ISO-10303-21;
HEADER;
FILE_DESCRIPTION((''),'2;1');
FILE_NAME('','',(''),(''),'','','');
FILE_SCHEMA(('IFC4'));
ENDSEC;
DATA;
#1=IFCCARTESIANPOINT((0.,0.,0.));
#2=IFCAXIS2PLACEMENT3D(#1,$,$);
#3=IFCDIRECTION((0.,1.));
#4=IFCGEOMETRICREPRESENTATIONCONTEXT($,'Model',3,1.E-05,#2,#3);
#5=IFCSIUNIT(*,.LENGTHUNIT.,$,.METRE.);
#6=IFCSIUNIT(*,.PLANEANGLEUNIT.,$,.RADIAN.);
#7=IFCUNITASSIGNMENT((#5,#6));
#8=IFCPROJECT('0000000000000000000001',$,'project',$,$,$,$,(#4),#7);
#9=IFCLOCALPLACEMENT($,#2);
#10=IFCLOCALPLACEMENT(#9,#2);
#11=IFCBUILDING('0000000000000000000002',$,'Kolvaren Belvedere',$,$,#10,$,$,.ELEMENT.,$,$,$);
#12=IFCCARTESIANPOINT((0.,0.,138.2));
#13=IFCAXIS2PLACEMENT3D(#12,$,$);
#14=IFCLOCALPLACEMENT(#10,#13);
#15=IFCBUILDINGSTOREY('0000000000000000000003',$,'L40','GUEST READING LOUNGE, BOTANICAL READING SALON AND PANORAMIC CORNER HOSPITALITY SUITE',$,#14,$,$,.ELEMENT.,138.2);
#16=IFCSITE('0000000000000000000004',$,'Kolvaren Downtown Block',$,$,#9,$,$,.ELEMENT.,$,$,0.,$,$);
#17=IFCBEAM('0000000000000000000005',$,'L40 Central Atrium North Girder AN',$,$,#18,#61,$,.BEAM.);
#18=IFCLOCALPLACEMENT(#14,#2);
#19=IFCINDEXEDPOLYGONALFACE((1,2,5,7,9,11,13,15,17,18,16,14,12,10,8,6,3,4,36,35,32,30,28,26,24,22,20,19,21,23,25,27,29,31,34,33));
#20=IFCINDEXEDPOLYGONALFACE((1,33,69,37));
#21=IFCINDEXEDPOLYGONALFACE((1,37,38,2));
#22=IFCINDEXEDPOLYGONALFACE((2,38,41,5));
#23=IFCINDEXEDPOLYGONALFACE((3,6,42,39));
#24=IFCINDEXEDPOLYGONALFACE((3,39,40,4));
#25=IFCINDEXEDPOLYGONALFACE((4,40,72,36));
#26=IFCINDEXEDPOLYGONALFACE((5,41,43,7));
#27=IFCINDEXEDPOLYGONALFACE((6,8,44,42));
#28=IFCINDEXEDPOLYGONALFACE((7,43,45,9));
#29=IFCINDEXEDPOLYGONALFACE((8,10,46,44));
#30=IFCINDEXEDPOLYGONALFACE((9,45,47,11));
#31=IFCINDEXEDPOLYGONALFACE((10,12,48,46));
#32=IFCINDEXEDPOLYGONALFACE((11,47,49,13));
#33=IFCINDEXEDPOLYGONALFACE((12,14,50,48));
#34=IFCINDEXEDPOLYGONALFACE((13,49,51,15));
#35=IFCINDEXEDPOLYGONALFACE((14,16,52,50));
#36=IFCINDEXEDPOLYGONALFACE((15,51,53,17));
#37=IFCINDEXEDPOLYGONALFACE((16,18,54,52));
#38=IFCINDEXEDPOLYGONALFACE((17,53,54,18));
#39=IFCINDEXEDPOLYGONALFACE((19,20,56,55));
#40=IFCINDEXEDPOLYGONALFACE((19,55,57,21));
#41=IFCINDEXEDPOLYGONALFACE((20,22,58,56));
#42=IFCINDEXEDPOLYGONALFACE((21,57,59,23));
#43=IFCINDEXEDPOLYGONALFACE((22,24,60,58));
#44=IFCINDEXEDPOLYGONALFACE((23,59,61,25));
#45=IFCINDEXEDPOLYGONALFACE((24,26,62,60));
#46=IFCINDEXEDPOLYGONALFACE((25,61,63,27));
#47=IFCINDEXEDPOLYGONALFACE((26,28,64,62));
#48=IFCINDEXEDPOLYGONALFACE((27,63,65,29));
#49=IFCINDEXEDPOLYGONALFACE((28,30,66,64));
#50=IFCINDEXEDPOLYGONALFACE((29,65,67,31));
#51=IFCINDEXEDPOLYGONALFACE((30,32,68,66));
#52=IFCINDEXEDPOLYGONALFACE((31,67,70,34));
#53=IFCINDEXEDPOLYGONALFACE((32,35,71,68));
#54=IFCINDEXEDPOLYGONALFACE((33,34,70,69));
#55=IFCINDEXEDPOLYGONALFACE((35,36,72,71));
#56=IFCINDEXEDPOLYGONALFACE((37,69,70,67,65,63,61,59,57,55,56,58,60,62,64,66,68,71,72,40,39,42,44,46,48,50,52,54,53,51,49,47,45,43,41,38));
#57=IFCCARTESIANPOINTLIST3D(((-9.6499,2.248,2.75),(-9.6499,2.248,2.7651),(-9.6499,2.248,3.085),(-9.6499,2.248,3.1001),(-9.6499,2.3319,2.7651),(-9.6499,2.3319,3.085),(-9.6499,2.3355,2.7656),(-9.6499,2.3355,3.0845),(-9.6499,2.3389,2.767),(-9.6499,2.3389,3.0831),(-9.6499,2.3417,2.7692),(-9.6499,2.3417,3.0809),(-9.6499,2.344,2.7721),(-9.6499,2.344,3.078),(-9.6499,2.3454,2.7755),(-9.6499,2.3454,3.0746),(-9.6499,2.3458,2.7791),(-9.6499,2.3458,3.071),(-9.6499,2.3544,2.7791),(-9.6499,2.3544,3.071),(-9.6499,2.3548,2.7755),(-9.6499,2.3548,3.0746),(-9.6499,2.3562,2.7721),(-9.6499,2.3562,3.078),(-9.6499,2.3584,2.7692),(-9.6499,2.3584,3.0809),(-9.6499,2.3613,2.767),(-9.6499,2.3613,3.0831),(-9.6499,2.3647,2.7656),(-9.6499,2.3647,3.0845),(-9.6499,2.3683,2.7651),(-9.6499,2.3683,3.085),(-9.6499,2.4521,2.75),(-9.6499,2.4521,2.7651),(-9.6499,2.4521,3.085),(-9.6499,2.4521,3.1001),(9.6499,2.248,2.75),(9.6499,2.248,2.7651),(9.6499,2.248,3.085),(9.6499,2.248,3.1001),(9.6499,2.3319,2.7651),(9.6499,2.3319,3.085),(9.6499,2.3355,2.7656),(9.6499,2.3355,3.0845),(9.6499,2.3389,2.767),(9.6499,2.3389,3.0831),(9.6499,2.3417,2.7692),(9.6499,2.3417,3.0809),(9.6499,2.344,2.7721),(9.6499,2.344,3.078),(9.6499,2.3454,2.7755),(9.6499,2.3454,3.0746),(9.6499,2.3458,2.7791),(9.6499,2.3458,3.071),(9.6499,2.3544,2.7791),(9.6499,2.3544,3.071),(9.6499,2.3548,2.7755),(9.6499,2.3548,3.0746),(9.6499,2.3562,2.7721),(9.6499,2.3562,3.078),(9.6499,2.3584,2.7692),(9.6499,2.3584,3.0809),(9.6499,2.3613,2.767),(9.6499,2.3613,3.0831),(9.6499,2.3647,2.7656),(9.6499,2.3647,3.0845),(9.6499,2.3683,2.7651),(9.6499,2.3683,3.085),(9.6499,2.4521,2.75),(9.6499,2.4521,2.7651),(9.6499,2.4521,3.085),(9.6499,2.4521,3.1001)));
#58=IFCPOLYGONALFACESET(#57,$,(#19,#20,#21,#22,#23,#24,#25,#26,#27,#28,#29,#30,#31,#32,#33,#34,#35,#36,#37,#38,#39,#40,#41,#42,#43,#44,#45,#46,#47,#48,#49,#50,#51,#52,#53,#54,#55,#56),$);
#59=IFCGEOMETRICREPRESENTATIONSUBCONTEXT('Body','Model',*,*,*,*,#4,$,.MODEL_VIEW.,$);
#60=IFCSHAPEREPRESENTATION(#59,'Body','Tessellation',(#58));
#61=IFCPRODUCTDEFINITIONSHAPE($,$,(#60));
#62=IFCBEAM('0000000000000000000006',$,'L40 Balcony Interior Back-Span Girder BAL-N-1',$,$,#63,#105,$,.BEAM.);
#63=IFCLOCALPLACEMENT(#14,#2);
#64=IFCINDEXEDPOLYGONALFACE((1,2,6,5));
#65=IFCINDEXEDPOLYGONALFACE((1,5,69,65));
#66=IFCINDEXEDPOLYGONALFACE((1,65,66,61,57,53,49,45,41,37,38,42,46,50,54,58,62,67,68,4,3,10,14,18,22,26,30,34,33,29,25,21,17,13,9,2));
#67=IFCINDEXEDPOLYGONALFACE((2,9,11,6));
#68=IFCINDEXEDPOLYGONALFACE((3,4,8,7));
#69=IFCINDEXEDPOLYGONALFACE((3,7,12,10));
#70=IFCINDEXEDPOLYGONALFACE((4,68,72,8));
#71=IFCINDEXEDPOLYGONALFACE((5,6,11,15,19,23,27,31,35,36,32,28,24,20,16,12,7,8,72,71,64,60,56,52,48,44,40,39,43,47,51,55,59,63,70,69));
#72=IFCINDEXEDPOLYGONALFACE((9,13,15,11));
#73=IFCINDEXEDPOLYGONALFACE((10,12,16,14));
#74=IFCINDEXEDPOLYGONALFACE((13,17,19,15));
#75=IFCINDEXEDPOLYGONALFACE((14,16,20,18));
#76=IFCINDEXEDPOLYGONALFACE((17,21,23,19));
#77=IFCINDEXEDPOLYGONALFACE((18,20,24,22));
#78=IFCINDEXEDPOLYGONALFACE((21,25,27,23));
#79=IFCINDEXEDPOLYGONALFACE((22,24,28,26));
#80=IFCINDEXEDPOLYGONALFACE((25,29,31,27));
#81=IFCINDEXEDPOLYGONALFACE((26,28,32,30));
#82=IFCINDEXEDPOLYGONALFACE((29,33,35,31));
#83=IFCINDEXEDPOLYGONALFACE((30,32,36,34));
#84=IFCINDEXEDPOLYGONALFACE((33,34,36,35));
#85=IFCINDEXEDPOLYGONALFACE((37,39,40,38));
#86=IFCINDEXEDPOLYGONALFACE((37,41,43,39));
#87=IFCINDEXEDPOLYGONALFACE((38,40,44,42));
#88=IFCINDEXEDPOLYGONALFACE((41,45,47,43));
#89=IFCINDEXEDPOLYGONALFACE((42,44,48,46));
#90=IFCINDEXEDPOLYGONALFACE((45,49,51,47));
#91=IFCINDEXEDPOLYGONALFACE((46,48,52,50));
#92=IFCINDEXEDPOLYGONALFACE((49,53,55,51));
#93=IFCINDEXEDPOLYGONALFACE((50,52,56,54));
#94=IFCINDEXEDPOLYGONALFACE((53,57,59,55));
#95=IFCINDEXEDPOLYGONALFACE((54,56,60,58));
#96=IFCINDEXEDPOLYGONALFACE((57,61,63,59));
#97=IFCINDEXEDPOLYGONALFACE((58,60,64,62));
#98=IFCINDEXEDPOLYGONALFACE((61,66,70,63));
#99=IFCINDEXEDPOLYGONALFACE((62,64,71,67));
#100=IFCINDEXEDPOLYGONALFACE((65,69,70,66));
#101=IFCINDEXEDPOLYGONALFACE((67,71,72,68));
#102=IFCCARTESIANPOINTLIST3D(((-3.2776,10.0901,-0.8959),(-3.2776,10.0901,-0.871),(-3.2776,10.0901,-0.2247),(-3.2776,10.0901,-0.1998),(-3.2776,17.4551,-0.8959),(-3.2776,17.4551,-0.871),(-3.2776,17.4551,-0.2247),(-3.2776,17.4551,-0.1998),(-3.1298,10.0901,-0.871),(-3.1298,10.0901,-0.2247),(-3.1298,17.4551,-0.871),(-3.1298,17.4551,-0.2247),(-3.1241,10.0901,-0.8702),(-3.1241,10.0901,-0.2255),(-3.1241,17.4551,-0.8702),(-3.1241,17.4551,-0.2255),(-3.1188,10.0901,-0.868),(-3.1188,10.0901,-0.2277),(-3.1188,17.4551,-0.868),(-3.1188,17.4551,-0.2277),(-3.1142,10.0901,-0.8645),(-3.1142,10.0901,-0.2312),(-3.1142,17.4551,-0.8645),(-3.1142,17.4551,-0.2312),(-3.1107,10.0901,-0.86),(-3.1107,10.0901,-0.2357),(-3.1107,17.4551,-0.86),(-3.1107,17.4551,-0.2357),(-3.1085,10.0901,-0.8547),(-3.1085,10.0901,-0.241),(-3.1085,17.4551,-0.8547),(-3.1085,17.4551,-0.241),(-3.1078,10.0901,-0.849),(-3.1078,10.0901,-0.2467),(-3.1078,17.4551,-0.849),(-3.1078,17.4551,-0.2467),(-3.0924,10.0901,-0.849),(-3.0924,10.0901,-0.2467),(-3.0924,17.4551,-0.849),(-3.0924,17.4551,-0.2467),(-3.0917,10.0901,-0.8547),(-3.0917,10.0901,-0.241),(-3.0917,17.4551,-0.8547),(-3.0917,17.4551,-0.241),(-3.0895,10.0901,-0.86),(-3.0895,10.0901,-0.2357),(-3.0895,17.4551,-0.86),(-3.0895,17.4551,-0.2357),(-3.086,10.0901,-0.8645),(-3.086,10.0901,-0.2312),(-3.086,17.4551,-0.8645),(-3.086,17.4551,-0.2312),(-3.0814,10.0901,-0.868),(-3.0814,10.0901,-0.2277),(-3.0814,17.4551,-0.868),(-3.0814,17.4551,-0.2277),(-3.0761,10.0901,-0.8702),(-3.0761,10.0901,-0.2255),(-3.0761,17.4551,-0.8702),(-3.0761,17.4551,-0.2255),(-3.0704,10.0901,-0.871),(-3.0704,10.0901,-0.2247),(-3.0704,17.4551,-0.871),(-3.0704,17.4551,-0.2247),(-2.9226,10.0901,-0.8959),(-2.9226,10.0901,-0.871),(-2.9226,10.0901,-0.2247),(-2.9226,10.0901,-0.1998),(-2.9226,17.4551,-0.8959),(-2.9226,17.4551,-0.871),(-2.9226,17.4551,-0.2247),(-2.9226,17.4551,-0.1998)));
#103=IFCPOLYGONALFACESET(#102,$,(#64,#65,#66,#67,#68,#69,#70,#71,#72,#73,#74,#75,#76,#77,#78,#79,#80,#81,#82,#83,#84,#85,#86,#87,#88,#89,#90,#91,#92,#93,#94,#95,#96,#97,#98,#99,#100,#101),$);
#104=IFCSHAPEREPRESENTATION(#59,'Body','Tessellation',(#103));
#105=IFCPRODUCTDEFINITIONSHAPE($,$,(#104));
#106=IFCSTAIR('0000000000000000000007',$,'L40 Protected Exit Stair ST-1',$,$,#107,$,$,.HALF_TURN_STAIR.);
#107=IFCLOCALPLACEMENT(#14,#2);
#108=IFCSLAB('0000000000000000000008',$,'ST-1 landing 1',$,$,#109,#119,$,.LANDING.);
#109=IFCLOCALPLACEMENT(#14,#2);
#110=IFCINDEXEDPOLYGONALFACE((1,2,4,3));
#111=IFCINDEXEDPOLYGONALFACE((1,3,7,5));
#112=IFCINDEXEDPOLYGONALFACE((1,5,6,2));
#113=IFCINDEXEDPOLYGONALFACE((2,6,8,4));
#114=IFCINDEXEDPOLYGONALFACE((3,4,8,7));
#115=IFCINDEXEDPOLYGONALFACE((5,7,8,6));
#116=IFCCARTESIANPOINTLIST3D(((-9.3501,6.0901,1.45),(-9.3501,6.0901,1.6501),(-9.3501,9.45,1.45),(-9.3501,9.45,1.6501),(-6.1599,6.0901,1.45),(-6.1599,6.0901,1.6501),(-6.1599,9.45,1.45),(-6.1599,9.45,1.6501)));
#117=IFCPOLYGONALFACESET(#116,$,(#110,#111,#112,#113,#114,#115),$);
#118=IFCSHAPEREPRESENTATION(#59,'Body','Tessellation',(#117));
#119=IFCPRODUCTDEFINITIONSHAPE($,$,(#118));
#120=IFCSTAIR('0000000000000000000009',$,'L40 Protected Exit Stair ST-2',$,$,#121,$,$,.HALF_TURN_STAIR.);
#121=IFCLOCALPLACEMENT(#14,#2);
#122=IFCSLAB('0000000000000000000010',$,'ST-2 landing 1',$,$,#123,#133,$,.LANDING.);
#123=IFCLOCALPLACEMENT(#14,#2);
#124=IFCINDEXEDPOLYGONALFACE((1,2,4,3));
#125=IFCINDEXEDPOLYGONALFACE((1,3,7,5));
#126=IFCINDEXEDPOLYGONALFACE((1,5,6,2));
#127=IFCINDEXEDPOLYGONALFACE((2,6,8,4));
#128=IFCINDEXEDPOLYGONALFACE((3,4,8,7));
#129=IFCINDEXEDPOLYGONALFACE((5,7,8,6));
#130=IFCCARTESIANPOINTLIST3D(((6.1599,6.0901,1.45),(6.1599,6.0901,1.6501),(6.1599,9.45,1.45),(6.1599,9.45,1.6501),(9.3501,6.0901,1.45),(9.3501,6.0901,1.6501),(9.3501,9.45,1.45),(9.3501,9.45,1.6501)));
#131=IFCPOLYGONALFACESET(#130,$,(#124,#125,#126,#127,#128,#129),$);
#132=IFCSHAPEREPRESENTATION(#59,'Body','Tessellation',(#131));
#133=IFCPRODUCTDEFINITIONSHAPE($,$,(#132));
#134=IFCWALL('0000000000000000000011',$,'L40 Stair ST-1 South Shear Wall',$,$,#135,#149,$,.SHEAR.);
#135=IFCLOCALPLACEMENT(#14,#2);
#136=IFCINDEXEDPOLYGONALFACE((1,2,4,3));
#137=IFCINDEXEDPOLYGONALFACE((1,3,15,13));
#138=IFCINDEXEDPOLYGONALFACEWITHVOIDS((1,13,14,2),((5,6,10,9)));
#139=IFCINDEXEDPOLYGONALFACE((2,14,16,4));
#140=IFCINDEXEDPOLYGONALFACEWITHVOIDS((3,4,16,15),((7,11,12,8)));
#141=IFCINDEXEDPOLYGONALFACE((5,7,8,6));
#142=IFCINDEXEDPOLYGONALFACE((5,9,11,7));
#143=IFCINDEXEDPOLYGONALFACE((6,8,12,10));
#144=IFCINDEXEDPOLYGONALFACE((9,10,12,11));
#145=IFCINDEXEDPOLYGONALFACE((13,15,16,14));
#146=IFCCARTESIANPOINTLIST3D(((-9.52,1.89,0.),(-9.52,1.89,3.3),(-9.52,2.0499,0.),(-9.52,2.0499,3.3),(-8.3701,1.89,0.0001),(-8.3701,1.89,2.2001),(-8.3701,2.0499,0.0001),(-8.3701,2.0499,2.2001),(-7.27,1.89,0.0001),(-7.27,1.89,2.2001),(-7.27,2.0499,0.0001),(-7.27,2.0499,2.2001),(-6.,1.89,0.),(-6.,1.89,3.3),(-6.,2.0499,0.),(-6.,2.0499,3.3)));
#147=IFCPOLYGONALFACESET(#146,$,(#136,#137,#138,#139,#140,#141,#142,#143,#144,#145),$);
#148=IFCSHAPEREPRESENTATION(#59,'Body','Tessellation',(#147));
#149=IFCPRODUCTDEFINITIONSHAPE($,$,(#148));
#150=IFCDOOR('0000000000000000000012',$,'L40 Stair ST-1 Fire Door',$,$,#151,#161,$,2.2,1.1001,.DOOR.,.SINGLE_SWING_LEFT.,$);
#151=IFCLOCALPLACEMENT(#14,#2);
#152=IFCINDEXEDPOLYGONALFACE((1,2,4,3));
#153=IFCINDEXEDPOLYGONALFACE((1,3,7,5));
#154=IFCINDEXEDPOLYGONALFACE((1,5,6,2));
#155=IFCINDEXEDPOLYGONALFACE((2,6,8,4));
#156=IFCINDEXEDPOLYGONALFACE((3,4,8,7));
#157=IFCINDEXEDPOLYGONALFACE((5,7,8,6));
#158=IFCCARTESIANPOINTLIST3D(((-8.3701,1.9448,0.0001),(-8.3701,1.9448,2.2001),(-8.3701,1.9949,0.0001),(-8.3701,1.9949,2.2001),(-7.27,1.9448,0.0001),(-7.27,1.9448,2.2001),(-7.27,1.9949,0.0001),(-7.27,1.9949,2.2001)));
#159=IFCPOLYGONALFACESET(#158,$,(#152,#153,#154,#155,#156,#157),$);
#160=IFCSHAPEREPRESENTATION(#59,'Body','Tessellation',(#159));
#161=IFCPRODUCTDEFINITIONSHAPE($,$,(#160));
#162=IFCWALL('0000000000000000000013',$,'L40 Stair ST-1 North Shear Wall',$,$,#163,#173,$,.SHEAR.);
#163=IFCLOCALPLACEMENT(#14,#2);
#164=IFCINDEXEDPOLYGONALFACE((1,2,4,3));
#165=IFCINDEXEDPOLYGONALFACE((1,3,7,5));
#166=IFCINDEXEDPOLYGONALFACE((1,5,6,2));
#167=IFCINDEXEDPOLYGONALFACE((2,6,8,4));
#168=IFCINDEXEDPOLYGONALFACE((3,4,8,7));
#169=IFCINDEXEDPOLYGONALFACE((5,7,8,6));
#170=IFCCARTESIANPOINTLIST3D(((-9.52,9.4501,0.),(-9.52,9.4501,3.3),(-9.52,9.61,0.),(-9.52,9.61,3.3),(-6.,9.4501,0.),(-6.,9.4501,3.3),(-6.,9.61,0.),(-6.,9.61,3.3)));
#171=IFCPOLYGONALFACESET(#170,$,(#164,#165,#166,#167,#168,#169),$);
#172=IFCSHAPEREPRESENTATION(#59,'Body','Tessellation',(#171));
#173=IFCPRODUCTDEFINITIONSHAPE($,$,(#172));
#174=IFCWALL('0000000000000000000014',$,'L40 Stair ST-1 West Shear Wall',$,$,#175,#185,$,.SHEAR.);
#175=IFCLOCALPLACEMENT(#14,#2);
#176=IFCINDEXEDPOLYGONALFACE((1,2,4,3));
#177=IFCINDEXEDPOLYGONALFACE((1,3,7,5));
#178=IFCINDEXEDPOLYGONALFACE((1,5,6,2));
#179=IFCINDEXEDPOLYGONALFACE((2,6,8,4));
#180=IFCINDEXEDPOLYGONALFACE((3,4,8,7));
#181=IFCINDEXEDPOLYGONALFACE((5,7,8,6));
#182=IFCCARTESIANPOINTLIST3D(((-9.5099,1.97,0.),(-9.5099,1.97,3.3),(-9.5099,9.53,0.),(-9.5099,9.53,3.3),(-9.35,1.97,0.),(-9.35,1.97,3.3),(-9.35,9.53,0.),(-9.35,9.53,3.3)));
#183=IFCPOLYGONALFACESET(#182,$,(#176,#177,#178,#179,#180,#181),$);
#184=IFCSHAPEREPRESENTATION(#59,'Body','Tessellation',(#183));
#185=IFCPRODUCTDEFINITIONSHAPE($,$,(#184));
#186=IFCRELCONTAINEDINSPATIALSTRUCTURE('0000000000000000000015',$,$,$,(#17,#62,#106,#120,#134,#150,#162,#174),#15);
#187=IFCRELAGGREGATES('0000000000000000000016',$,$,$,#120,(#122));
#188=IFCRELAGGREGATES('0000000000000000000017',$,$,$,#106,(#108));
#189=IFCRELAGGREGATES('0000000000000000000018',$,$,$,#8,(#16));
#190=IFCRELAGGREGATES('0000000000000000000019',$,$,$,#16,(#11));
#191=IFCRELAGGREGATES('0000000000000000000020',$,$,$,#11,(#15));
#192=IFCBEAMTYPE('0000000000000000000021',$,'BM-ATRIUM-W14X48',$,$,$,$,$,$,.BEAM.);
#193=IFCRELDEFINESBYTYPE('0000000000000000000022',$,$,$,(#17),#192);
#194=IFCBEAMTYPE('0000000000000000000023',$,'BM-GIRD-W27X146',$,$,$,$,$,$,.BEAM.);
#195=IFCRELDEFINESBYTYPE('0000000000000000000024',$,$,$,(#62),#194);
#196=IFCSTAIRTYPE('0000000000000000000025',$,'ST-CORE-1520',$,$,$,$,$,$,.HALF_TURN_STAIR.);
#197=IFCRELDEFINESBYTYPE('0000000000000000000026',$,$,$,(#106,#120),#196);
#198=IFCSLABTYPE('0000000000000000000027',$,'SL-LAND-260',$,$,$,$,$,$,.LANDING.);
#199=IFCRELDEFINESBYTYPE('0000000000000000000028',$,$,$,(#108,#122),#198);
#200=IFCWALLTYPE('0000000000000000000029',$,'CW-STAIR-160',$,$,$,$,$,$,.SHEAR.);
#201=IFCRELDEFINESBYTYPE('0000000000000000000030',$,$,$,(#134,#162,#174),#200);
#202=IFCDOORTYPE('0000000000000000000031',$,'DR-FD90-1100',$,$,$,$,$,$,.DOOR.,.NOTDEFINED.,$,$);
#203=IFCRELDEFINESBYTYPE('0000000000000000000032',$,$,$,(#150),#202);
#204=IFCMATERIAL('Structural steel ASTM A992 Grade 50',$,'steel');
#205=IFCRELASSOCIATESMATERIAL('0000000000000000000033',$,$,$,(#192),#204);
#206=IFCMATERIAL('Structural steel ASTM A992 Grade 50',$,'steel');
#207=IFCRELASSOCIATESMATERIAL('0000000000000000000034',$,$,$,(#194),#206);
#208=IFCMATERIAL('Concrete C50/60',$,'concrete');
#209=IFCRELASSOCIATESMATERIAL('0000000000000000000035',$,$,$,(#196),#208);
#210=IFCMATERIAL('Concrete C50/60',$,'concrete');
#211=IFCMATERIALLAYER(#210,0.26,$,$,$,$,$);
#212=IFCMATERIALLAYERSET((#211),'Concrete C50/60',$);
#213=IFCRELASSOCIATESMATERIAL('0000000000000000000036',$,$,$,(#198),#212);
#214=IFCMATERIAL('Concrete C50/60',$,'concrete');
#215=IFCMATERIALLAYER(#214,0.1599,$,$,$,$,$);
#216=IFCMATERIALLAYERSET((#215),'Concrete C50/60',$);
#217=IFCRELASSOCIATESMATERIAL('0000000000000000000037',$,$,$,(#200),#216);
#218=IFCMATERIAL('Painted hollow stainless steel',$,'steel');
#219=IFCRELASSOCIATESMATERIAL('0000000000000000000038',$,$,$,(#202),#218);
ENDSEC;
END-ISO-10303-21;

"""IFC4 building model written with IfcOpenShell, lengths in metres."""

from ifc_helpers import new_model, si_unit, direction, frame, frame_2d, origin, origin_2d, place, context, subcontext, project, spatial, polyline, rectangle, i_section, outline, extrude, material, layer, layer_set, material_profile, profile_set, type_object, element, fill, aggregate, save


model = new_model("IFC4")

# Units and contexts
model_context = context("Model", 3, precision=1e-05, world=origin(), true_north=direction((0.0, 1.0)))
body_context = subcontext(model_context, "Body", "Model", "MODEL_VIEW")
ifc_project = project(units=[si_unit("LENGTHUNIT", "METRE"), si_unit("PLANEANGLEUNIT", "RADIAN")], contexts=[model_context])

# Site, building, storey
site_placement = place(None, origin())
site = spatial("IfcSite", under=ifc_project, at=site_placement, Name="Kolvaren Downtown Block", CompositionType="ELEMENT", RefElevation=0.0)
building_placement = place(site_placement, origin())
building = spatial("IfcBuilding", under=site, at=building_placement, Name="Kolvaren Belvedere", CompositionType="ELEMENT")
storey_placement = place(building_placement, frame((0.0, 0.0, 138.2)))
storey = spatial("IfcBuildingStorey", under=building, at=storey_placement, Name="L40", Description="GUEST READING LOUNGE, BOTANICAL READING SALON AND PANORAMIC CORNER HOSPITALITY SUITE", CompositionType="ELEMENT", Elevation=138.2)

# Beams
ifc_material_1 = material(Name="Structural steel ASTM A992 Grade 50", Category="steel")
ifc_material_profile_1 = material_profile(ifc_material_1, i_section(OverallWidth=0.2041, OverallDepth=0.3501, WebThickness=0.0085, FlangeThickness=0.0151, FilletRadius=0.0139, at=origin_2d()), Name="W14X48")
ifc_profile_set_1 = profile_set([ifc_material_profile_1], Name="Structural steel ASTM A992 Grade 50")
beam_type_1 = type_object("IfcBeamType", Name="BM-ATRIUM-W14X48", PredefinedType="BEAM", material=ifc_profile_set_1)
beam_1_placement = place(storey_placement, frame((-9.6499, 2.3501, 2.925), z_axis=(1.0, 0.0, 0.0), x_axis=(0.0, 1.0, 0.0)))
element("IfcBeam", 1, at=beam_1_placement, inside=storey, type_object=beam_type_1, Name="L40 Central Atrium North Girder AN", PredefinedType="BEAM", context=body_context, shape_type="SweptSolid", body=[
    extrude(i_section(OverallWidth=0.2041, OverallDepth=0.3501, WebThickness=0.0085, FlangeThickness=0.0151, FilletRadius=0.0139, at=origin_2d()), origin(), (0.0, 0.0, 1.0), 19.2998),
])
ifc_material_2 = material(Name="Structural steel ASTM A992 Grade 50", Category="steel")
ifc_material_profile_2 = material_profile(ifc_material_2, i_section(OverallWidth=0.355, OverallDepth=0.696, WebThickness=0.0154, FlangeThickness=0.0249, FilletRadius=0.022, at=origin_2d()), Name="W27X146")
ifc_profile_set_2 = profile_set([ifc_material_profile_2], Name="Structural steel ASTM A992 Grade 50")
beam_type_2 = type_object("IfcBeamType", Name="BM-GIRD-W27X146", PredefinedType="BEAM", material=ifc_profile_set_2)
beam_2_placement = place(storey_placement, frame((-3.1001, 10.0901, -0.5479), z_axis=(0.0, 1.0, 0.0), x_axis=(-1.0, 0.0, 0.0)))
element("IfcBeam", 2, at=beam_2_placement, inside=storey, type_object=beam_type_2, Name="L40 Balcony Interior Back-Span Girder BAL-N-1", PredefinedType="BEAM", context=body_context, shape_type="SweptSolid", body=[
    extrude(i_section(OverallWidth=0.355, OverallDepth=0.696, WebThickness=0.0154, FlangeThickness=0.0249, FilletRadius=0.022, at=origin_2d()), origin(), (0.0, 0.0, 1.0), 7.365),
])

# Stairs, slabs
ifc_material_3 = material(Name="Concrete C50/60", Category="concrete")
stair_type = type_object("IfcStairType", Name="ST-CORE-1520", PredefinedType="HALF_TURN_STAIR", material=ifc_material_3)
stair_1_placement = place(storey_placement, origin())
stair_1 = element("IfcStair", 3, at=stair_1_placement, inside=storey, type_object=stair_type, Name="L40 Protected Exit Stair ST-1", PredefinedType="HALF_TURN_STAIR")
ifc_material_4 = material(Name="Concrete C50/60", Category="concrete")
ifc_layer_1 = layer(ifc_material_4, 0.26)
ifc_layer_set_1 = layer_set([ifc_layer_1], Name="Concrete C50/60")
slab_type = type_object("IfcSlabType", Name="SL-LAND-260", PredefinedType="LANDING", material=ifc_layer_set_1)
slab_1_placement = place(storey_placement, frame((0.0, 0.0, 1.45)))
slab_1 = element("IfcSlab", 4, at=slab_1_placement, type_object=slab_type, Name="ST-1 landing 1", PredefinedType="LANDING", context=body_context, shape_type="SweptSolid", body=[
    extrude(outline(polyline([(-6.1599, 6.0901), (-6.1599, 9.45), (-9.3501, 9.45), (-9.3501, 6.0901), (-6.1599, 6.0901)])), origin(), (0.0, 0.0, 1.0), 0.2002),
])
stair_2_placement = place(storey_placement, origin())
stair_2 = element("IfcStair", 5, at=stair_2_placement, inside=storey, type_object=stair_type, Name="L40 Protected Exit Stair ST-2", PredefinedType="HALF_TURN_STAIR")
slab_2_placement = place(storey_placement, frame((0.0, 0.0, 1.45)))
slab_2 = element("IfcSlab", 6, at=slab_2_placement, type_object=slab_type, Name="ST-2 landing 1", PredefinedType="LANDING", context=body_context, shape_type="SweptSolid", body=[
    extrude(outline(polyline([(9.3501, 6.0901), (9.3501, 9.45), (6.1599, 9.45), (6.1599, 6.0901), (9.3501, 6.0901)])), origin(), (0.0, 0.0, 1.0), 0.2002),
])
aggregate(stair_2, [slab_2])

# Wall, opening, door
ifc_material_5 = material(Name="Concrete C50/60", Category="concrete")
ifc_layer_2 = layer(ifc_material_5, 0.1599)
ifc_layer_set_2 = layer_set([ifc_layer_2], Name="Concrete C50/60")
wall_type_1 = type_object("IfcWallType", Name="CW-STAIR-160", PredefinedType="SHEAR", material=ifc_layer_set_2)
wall_1_placement = place(storey_placement, frame((-9.52, 1.97, 0.0), z_axis=(0.0, 0.0, 1.0), x_axis=(1.0, 0.0, 0.0)))
wall_1 = element("IfcWall", 7, at=wall_1_placement, inside=storey, type_object=wall_type_1, Name="L40 Stair ST-1 South Shear Wall", PredefinedType="SHEAR", context=body_context, shape_type="SweptSolid", body=[
    extrude(rectangle(XDim=3.52, YDim=0.1599, at=frame_2d((1.76, 0.0))), origin(), (0.0, 0.0, 1.0), 3.3),
])
opening_1_placement = place(wall_1_placement, frame((1.1499, 0.0, 0.0)))
opening_1 = element("IfcOpeningElement", 8, at=opening_1_placement, cuts=wall_1, PredefinedType="OPENING", context=body_context, shape_type="SweptSolid", body=[
    extrude(rectangle(XDim=1.1001, YDim=2.2, at=frame_2d((0.55, 1.1001))), frame((0.0, 0.0898, 0.0), z_axis=(0.0, -1.0, 0.0), x_axis=(1.0, 0.0, 0.0)), (0.0, 0.0, 1.0), 0.1799),
])
ifc_material_6 = material(Name="Painted hollow stainless steel", Category="steel")
door_type_1 = type_object("IfcDoorType", Name="DR-FD90-1100", OperationType="NOTDEFINED", PredefinedType="DOOR", material=ifc_material_6)
door_1_placement = place(opening_1_placement, origin())
door_1 = element("IfcDoor", 9, at=door_1_placement, inside=storey, type_object=door_type_1, Name="L40 Stair ST-1 Fire Door", OperationType="SINGLE_SWING_LEFT", OverallHeight=2.2, OverallWidth=1.1001, PredefinedType="DOOR", context=body_context, shape_type="SweptSolid", body=[
    extrude(rectangle(XDim=1.1001, YDim=2.2, at=frame_2d((0.55, 1.1001))), frame((0.0, 0.0249, 0.0), z_axis=(0.0, -1.0, 0.0), x_axis=(1.0, 0.0, 0.0)), (0.0, 0.0, 1.0), 0.05),
])
fill(opening_1, door_1)

# Walls
wall_2_placement = place(storey_placement, frame((-9.52, 9.53, 0.0), z_axis=(0.0, 0.0, 1.0), x_axis=(1.0, 0.0, 0.0)))
element("IfcWall", 10, at=wall_2_placement, inside=storey, type_object=wall_type_1, Name="L40 Stair ST-1 North Shear Wall", PredefinedType="SHEAR", context=body_context, shape_type="SweptSolid", body=[
    extrude(rectangle(XDim=3.52, YDim=0.1599, at=frame_2d((1.76, 0.0))), origin(), (0.0, 0.0, 1.0), 3.3),
])
for number, where, z_axis, x_axis, name in (
    (11, (-9.4299, 1.97, 0.0), (0.0, 0.0, 1.0), (0.0, 1.0, 0.0), "L40 Stair ST-1 West Shear Wall"),
):
    element("IfcWall", number, at=place(storey_placement, frame(where, z_axis=z_axis, x_axis=x_axis)), inside=storey, type_object=wall_type_1, Name=name, PredefinedType="SHEAR", context=body_context, shape_type="SweptSolid", body=[
        extrude(rectangle(XDim=7.5601, YDim=0.1599, at=frame_2d((3.78, 0.0))), origin(), (0.0, 0.0, 1.0), 3.3),
    ])

aggregate(stair_1, [slab_1])

save(model, "model.ifc")
